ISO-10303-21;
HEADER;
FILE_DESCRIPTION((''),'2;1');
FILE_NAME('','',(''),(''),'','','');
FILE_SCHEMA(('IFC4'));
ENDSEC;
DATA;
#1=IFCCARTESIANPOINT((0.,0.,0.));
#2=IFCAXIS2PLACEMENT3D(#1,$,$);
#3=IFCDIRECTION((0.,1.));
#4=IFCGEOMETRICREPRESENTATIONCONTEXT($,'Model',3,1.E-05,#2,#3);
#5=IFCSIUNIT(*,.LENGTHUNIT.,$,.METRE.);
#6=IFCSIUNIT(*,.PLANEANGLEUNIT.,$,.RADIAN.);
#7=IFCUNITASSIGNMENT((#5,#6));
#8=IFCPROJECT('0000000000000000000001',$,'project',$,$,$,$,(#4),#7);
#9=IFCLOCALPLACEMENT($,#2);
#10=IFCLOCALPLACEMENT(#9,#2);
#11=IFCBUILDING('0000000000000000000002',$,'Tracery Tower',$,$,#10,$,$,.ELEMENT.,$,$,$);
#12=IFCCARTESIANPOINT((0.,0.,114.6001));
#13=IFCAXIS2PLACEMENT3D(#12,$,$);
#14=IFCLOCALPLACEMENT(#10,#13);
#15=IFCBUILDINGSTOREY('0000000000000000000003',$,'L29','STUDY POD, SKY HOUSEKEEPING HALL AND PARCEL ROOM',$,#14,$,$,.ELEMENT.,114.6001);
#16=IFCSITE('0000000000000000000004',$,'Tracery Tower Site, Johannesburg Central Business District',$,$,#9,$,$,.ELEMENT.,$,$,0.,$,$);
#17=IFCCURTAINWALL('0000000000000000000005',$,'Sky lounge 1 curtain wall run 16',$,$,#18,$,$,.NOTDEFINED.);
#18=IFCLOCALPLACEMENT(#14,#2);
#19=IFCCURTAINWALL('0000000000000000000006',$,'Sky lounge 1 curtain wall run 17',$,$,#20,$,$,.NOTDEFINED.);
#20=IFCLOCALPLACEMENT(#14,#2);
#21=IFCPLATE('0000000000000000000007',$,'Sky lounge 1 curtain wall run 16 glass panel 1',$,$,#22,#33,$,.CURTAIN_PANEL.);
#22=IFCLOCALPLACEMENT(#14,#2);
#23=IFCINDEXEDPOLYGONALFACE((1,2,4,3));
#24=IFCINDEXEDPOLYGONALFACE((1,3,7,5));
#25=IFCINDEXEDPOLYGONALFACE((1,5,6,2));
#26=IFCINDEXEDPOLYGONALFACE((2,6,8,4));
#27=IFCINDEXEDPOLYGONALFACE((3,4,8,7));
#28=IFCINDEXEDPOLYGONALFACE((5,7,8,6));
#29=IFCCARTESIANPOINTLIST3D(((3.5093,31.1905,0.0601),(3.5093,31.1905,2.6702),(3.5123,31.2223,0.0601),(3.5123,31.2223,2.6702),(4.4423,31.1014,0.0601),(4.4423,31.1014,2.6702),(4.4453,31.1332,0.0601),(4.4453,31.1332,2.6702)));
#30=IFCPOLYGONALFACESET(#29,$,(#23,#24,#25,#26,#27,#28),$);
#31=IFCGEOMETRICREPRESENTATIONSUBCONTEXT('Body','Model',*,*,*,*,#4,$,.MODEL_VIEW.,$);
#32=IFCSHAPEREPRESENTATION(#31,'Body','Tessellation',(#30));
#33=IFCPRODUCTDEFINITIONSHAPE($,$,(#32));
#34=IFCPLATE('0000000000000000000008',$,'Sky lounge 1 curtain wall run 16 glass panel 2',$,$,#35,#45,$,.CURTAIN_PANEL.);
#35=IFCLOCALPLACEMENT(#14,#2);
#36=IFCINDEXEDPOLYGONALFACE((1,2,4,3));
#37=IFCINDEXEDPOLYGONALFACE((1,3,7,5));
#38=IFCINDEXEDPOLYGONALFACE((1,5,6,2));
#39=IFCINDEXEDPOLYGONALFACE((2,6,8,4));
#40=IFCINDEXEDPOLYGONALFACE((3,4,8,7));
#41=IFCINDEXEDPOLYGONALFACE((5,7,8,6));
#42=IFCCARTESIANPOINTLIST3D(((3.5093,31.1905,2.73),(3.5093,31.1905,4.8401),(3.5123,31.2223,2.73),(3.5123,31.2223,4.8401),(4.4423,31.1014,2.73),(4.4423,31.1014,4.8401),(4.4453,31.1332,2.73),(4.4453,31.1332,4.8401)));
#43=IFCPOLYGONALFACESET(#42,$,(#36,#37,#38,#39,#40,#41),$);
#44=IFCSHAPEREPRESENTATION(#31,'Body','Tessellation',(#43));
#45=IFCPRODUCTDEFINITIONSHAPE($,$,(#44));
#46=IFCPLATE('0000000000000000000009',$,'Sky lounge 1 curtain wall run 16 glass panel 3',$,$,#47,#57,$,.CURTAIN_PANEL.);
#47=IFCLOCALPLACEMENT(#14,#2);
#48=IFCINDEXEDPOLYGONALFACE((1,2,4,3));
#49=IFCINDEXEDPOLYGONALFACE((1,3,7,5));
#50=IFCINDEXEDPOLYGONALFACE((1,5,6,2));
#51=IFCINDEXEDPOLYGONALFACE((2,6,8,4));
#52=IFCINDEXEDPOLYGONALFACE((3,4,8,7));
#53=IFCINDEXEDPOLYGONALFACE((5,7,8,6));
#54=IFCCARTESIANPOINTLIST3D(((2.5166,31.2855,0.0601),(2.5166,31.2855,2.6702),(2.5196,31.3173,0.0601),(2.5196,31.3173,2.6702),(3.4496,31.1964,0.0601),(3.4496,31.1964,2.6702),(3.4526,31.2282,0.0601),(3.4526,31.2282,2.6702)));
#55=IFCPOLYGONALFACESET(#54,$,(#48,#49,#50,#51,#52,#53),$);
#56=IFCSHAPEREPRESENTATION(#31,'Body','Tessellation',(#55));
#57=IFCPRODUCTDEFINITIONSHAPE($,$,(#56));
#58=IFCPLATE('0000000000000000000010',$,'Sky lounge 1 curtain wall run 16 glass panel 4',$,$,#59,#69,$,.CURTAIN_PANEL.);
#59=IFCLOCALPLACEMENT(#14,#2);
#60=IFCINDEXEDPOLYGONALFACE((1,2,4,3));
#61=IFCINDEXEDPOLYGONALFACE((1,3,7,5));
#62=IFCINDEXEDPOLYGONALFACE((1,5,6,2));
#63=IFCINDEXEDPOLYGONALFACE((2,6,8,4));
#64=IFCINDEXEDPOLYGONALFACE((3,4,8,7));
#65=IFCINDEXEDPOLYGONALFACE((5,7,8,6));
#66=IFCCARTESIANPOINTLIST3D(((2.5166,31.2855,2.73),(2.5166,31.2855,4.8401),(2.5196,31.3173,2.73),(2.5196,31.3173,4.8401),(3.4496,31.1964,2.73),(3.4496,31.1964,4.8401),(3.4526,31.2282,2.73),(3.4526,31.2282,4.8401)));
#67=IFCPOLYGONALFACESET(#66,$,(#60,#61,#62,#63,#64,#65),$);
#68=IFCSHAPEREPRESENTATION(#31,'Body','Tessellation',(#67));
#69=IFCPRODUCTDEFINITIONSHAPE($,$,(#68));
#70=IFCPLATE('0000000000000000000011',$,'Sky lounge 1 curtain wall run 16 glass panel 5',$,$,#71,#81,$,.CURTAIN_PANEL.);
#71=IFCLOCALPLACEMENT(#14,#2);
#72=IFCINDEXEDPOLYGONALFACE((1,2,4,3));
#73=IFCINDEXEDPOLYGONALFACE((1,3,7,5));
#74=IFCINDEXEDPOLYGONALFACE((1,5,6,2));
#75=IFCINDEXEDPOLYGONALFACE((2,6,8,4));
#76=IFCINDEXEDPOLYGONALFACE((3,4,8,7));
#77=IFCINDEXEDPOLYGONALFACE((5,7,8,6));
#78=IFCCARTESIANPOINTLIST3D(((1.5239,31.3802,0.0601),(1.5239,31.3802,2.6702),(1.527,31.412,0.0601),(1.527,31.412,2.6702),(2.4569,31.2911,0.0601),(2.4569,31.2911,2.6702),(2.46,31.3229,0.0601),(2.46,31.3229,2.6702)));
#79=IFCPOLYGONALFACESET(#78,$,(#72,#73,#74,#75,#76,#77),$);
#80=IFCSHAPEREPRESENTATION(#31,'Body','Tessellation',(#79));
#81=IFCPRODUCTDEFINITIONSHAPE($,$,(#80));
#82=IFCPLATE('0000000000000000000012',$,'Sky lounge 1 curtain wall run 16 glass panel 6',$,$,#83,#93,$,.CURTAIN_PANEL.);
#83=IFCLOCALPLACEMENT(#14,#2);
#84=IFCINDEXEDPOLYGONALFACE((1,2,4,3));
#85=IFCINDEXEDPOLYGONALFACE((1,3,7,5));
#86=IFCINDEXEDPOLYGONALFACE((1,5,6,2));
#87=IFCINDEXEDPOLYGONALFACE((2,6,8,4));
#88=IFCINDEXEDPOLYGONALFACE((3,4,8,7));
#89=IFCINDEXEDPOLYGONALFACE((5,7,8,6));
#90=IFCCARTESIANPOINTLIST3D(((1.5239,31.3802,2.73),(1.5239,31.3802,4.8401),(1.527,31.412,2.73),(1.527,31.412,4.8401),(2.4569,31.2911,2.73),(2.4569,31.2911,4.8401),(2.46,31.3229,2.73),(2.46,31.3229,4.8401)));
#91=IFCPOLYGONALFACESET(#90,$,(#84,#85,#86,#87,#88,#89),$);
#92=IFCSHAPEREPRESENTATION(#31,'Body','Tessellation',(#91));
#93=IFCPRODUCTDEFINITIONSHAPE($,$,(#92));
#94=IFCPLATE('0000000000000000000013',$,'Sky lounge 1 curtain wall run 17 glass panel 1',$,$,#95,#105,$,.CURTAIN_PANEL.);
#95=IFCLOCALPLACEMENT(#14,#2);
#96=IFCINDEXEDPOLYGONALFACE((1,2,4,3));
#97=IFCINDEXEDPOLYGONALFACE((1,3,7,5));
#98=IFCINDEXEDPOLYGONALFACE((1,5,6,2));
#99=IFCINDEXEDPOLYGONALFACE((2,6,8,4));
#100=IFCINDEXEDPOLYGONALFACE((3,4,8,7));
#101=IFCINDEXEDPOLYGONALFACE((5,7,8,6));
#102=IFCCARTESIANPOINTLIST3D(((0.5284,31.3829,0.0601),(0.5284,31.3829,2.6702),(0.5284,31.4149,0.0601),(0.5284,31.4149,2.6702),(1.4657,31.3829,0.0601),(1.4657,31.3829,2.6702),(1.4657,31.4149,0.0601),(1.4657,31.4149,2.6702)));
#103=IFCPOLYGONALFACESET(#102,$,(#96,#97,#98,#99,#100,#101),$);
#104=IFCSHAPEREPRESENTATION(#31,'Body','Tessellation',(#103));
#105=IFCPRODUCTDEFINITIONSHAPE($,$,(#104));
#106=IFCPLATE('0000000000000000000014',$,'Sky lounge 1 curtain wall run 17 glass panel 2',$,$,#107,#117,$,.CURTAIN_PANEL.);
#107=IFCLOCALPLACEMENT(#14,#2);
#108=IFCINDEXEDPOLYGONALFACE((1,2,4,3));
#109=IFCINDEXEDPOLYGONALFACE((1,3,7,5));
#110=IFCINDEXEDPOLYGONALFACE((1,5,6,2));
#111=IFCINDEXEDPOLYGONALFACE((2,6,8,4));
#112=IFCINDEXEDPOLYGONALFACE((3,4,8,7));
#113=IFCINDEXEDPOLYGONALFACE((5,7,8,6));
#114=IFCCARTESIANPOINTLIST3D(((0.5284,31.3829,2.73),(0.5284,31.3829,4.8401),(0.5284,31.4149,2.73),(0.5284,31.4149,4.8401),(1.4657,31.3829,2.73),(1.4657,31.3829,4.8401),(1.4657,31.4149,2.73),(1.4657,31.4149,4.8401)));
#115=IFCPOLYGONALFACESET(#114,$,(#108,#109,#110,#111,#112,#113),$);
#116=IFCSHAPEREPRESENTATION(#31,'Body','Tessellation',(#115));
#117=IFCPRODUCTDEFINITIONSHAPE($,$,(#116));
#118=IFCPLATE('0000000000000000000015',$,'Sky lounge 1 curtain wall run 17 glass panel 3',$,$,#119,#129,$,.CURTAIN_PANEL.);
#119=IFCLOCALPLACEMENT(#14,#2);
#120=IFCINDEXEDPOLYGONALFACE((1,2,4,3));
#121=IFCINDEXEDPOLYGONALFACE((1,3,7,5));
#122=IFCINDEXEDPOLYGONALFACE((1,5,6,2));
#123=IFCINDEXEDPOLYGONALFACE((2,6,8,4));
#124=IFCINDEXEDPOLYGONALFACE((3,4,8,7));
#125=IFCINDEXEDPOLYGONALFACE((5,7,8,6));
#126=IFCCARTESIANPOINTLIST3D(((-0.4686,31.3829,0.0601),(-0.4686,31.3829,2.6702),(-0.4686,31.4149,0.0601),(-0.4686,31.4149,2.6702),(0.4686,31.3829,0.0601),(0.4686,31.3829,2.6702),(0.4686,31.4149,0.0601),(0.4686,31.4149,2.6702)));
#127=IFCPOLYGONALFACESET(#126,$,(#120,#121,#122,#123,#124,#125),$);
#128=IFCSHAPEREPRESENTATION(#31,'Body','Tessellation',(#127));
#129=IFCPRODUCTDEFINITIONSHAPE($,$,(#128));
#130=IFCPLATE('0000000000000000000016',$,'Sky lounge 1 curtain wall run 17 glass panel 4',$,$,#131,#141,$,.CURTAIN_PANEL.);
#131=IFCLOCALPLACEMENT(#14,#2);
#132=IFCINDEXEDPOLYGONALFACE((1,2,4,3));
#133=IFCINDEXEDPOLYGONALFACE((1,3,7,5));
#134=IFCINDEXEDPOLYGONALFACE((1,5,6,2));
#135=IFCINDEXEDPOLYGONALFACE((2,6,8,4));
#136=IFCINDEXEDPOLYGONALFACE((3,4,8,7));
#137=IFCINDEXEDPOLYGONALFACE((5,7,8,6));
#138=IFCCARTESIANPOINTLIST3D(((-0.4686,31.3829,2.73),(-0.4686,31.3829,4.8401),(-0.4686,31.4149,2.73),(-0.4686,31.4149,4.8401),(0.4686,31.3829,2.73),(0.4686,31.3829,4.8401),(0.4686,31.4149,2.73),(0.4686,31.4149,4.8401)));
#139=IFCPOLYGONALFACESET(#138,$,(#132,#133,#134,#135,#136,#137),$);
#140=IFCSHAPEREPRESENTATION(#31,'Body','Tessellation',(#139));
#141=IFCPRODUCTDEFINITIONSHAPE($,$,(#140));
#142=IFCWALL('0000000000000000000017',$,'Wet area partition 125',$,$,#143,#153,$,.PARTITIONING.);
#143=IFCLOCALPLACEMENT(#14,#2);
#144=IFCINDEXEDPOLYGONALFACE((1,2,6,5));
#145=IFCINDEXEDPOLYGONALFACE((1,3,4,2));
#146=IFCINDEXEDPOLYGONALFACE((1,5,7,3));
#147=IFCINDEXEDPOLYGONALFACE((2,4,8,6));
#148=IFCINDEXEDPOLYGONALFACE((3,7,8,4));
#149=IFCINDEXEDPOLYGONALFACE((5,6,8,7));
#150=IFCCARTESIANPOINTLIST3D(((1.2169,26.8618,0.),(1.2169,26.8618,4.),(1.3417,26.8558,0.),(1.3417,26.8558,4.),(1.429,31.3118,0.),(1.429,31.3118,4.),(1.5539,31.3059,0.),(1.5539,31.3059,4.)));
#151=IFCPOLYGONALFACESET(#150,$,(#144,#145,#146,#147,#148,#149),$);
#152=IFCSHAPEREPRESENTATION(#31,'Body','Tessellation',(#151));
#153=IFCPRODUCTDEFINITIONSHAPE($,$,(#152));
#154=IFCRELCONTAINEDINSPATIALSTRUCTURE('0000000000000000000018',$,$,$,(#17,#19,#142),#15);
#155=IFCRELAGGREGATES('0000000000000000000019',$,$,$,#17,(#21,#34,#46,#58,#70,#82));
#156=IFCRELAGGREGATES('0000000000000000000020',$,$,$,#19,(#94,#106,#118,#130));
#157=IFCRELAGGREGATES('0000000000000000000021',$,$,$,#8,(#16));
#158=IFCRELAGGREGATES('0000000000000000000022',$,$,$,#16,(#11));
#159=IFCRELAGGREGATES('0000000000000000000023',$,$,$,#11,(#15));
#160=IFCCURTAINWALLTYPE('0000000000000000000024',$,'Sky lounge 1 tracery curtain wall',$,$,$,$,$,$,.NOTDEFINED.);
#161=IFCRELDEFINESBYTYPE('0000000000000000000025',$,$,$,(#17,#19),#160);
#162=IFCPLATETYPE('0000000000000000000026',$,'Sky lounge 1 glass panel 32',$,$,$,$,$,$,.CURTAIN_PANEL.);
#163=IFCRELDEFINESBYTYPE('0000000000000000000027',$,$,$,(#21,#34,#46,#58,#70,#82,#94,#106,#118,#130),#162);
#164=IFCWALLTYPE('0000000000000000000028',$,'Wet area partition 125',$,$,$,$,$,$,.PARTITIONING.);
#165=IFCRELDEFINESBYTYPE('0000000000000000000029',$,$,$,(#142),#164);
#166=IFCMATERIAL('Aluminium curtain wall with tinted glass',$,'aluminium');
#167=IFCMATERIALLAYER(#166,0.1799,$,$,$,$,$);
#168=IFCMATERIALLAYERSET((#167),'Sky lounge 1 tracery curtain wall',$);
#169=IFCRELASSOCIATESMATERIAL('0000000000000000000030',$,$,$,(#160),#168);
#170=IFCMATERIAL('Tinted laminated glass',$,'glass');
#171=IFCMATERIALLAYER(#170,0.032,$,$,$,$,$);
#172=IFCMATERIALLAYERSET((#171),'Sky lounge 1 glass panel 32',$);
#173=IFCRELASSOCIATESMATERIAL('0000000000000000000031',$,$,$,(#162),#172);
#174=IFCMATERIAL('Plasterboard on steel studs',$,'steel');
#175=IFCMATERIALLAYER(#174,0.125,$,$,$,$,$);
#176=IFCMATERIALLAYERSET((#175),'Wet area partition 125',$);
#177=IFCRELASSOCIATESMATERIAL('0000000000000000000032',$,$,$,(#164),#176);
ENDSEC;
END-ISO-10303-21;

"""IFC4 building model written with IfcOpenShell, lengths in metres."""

from ifc_helpers import new_model, si_unit, direction, frame, frame_2d, origin, origin_2d, place, context, subcontext, project, spatial, rectangle, extrude, material, layer, layer_set, type_object, element, aggregate, save


model = new_model("IFC4")

# Units and contexts
model_context = context("Model", 3, precision=1e-05, world=origin(), true_north=direction((0.0, 1.0)))
body_context = subcontext(model_context, "Body", "Model", "MODEL_VIEW")
ifc_project = project(units=[si_unit("LENGTHUNIT", "METRE"), si_unit("PLANEANGLEUNIT", "RADIAN")], contexts=[model_context])

# Site, building, storey
site_placement = place(None, origin())
site = spatial("IfcSite", under=ifc_project, at=site_placement, Name="Tracery Tower Site, Johannesburg Central Business District", CompositionType="ELEMENT", RefElevation=0.0)
building_placement = place(site_placement, origin())
building = spatial("IfcBuilding", under=site, at=building_placement, Name="Tracery Tower", CompositionType="ELEMENT")
storey_placement = place(building_placement, frame((0.0, 0.0, 114.6001)))
storey = spatial("IfcBuildingStorey", under=building, at=storey_placement, Name="L29", Description="STUDY POD, SKY HOUSEKEEPING HALL AND PARCEL ROOM", CompositionType="ELEMENT", Elevation=114.6001)

# Curtain walls
ifc_material_1 = material(Name="Aluminium curtain wall with tinted glass", Category="aluminium")
ifc_layer_1 = layer(ifc_material_1, 0.1799)
ifc_layer_set_1 = layer_set([ifc_layer_1], Name="Sky lounge 1 tracery curtain wall")
curtain_wall_type = type_object("IfcCurtainWallType", Name="Sky lounge 1 tracery curtain wall", PredefinedType="NOTDEFINED", material=ifc_layer_set_1)
curtain_wall_1_placement = place(storey_placement, origin())
curtain_wall_1 = element("IfcCurtainWall", 1, at=curtain_wall_1_placement, inside=storey, type_object=curtain_wall_type, Name="Sky lounge 1 curtain wall run 16", PredefinedType="NOTDEFINED")
curtain_wall_2_placement = place(storey_placement, origin())
curtain_wall_2 = element("IfcCurtainWall", 2, at=curtain_wall_2_placement, inside=storey, type_object=curtain_wall_type, Name="Sky lounge 1 curtain wall run 17", PredefinedType="NOTDEFINED")

# Plates
ifc_material_2 = material(Name="Tinted laminated glass", Category="glass")
ifc_layer_2 = layer(ifc_material_2, 0.032)
ifc_layer_set_2 = layer_set([ifc_layer_2], Name="Sky lounge 1 glass panel 32")
plate_type = type_object("IfcPlateType", Name="Sky lounge 1 glass panel 32", PredefinedType="CURTAIN_PANEL", material=ifc_layer_set_2)
plate_1_placement = place(storey_placement, frame((3.9773, 31.1619, 0.0601), z_axis=(0.0, 0.0, 1.0), x_axis=(-0.995472, 0.095056, 0.0)))
plate_1 = element("IfcPlate", 3, at=plate_1_placement, type_object=plate_type, Name="Sky lounge 1 curtain wall run 16 glass panel 1", PredefinedType="CURTAIN_PANEL", context=body_context, shape_type="SweptSolid", body=[
    extrude(rectangle(XDim=0.9373, YDim=0.032, at=origin_2d()), origin(), (0.0, 0.0, 1.0), 2.6101),
])
plate_2_placement = place(storey_placement, frame((3.9773, 31.1619, 2.73), z_axis=(0.0, 0.0, 1.0), x_axis=(-0.995472, 0.095056, 0.0)))
plate_2 = element("IfcPlate", 4, at=plate_2_placement, type_object=plate_type, Name="Sky lounge 1 curtain wall run 16 glass panel 2", PredefinedType="CURTAIN_PANEL", context=body_context, shape_type="SweptSolid", body=[
    extrude(rectangle(XDim=0.9373, YDim=0.032, at=origin_2d()), origin(), (0.0, 0.0, 1.0), 2.1101),
])
plate_3_placement = place(storey_placement, frame((2.9846, 31.2568, 0.0601), z_axis=(0.0, 0.0, 1.0), x_axis=(-0.995472, 0.095056, 0.0)))
plate_3 = element("IfcPlate", 5, at=plate_3_placement, type_object=plate_type, Name="Sky lounge 1 curtain wall run 16 glass panel 3", PredefinedType="CURTAIN_PANEL", context=body_context, shape_type="SweptSolid", body=[
    extrude(rectangle(XDim=0.9373, YDim=0.032, at=origin_2d()), origin(), (0.0, 0.0, 1.0), 2.6101),
])
plate_4_placement = place(storey_placement, frame((2.9846, 31.2568, 2.73), z_axis=(0.0, 0.0, 1.0), x_axis=(-0.995472, 0.095056, 0.0)))
plate_4 = element("IfcPlate", 6, at=plate_4_placement, type_object=plate_type, Name="Sky lounge 1 curtain wall run 16 glass panel 4", PredefinedType="CURTAIN_PANEL", context=body_context, shape_type="SweptSolid", body=[
    extrude(rectangle(XDim=0.9373, YDim=0.032, at=origin_2d()), origin(), (0.0, 0.0, 1.0), 2.1101),
])
plate_5_placement = place(storey_placement, frame((1.9919, 31.3516, 0.0601), z_axis=(0.0, 0.0, 1.0), x_axis=(-0.995472, 0.095056, 0.0)))
plate_5 = element("IfcPlate", 7, at=plate_5_placement, type_object=plate_type, Name="Sky lounge 1 curtain wall run 16 glass panel 5", PredefinedType="CURTAIN_PANEL", context=body_context, shape_type="SweptSolid", body=[
    extrude(rectangle(XDim=0.9373, YDim=0.032, at=origin_2d()), origin(), (0.0, 0.0, 1.0), 2.6101),
])
plate_6_placement = place(storey_placement, frame((1.9919, 31.3516, 2.73), z_axis=(0.0, 0.0, 1.0), x_axis=(-0.995472, 0.095056, 0.0)))
plate_6 = element("IfcPlate", 8, at=plate_6_placement, type_object=plate_type, Name="Sky lounge 1 curtain wall run 16 glass panel 6", PredefinedType="CURTAIN_PANEL", context=body_context, shape_type="SweptSolid", body=[
    extrude(rectangle(XDim=0.9373, YDim=0.032, at=origin_2d()), origin(), (0.0, 0.0, 1.0), 2.1101),
])
aggregate(curtain_wall_1, [plate_1, plate_2, plate_3, plate_4, plate_5, plate_6])
plate_7_placement = place(storey_placement, frame((0.9971, 31.3989, 0.0601), z_axis=(0.0, 0.0, 1.0), x_axis=(-1.0, 0.0, 0.0)))
plate_7 = element("IfcPlate", 9, at=plate_7_placement, type_object=plate_type, Name="Sky lounge 1 curtain wall run 17 glass panel 1", PredefinedType="CURTAIN_PANEL", context=body_context, shape_type="SweptSolid", body=[
    extrude(rectangle(XDim=0.9373, YDim=0.032, at=origin_2d()), origin(), (0.0, 0.0, 1.0), 2.6101),
])
plate_8_placement = place(storey_placement, frame((0.9971, 31.3989, 2.73), z_axis=(0.0, 0.0, 1.0), x_axis=(-1.0, 0.0, 0.0)))
plate_8 = element("IfcPlate", 10, at=plate_8_placement, type_object=plate_type, Name="Sky lounge 1 curtain wall run 17 glass panel 2", PredefinedType="CURTAIN_PANEL", context=body_context, shape_type="SweptSolid", body=[
    extrude(rectangle(XDim=0.9373, YDim=0.032, at=origin_2d()), origin(), (0.0, 0.0, 1.0), 2.1101),
])
plate_9_placement = place(storey_placement, frame((0.0, 31.3989, 0.0601), z_axis=(0.0, 0.0, 1.0), x_axis=(-1.0, 0.0, 0.0)))
plate_9 = element("IfcPlate", 11, at=plate_9_placement, type_object=plate_type, Name="Sky lounge 1 curtain wall run 17 glass panel 3", PredefinedType="CURTAIN_PANEL", context=body_context, shape_type="SweptSolid", body=[
    extrude(rectangle(XDim=0.9373, YDim=0.032, at=origin_2d()), origin(), (0.0, 0.0, 1.0), 2.6101),
])
plate_10_placement = place(storey_placement, frame((0.0, 31.3989, 2.73), z_axis=(0.0, 0.0, 1.0), x_axis=(-1.0, 0.0, 0.0)))
plate_10 = element("IfcPlate", 12, at=plate_10_placement, type_object=plate_type, Name="Sky lounge 1 curtain wall run 17 glass panel 4", PredefinedType="CURTAIN_PANEL", context=body_context, shape_type="SweptSolid", body=[
    extrude(rectangle(XDim=0.9373, YDim=0.032, at=origin_2d()), origin(), (0.0, 0.0, 1.0), 2.1101),
])
aggregate(curtain_wall_2, [plate_7, plate_8, plate_9, plate_10])

# Wall
ifc_material_3 = material(Name="Plasterboard on steel studs", Category="steel")
ifc_layer_3 = layer(ifc_material_3, 0.125)
ifc_layer_set_3 = layer_set([ifc_layer_3], Name="Wet area partition 125")
wall_type = type_object("IfcWallType", Name="Wet area partition 125", PredefinedType="PARTITIONING", material=ifc_layer_set_3)
wall_placement = place(storey_placement, frame((1.4915, 31.3088, 0.0), z_axis=(0.0, 0.0, 1.0), x_axis=(-0.047622, -0.998865, 0.0)))
element("IfcWall", 13, at=wall_placement, inside=storey, type_object=wall_type, Name="Wet area partition 125", PredefinedType="PARTITIONING", context=body_context, shape_type="SweptSolid", body=[
    extrude(rectangle(XDim=4.4551, YDim=0.125, at=frame_2d((2.2275, 0.0))), origin(), (0.0, 0.0, 1.0), 4.0),
])

save(model, "model.ifc")
